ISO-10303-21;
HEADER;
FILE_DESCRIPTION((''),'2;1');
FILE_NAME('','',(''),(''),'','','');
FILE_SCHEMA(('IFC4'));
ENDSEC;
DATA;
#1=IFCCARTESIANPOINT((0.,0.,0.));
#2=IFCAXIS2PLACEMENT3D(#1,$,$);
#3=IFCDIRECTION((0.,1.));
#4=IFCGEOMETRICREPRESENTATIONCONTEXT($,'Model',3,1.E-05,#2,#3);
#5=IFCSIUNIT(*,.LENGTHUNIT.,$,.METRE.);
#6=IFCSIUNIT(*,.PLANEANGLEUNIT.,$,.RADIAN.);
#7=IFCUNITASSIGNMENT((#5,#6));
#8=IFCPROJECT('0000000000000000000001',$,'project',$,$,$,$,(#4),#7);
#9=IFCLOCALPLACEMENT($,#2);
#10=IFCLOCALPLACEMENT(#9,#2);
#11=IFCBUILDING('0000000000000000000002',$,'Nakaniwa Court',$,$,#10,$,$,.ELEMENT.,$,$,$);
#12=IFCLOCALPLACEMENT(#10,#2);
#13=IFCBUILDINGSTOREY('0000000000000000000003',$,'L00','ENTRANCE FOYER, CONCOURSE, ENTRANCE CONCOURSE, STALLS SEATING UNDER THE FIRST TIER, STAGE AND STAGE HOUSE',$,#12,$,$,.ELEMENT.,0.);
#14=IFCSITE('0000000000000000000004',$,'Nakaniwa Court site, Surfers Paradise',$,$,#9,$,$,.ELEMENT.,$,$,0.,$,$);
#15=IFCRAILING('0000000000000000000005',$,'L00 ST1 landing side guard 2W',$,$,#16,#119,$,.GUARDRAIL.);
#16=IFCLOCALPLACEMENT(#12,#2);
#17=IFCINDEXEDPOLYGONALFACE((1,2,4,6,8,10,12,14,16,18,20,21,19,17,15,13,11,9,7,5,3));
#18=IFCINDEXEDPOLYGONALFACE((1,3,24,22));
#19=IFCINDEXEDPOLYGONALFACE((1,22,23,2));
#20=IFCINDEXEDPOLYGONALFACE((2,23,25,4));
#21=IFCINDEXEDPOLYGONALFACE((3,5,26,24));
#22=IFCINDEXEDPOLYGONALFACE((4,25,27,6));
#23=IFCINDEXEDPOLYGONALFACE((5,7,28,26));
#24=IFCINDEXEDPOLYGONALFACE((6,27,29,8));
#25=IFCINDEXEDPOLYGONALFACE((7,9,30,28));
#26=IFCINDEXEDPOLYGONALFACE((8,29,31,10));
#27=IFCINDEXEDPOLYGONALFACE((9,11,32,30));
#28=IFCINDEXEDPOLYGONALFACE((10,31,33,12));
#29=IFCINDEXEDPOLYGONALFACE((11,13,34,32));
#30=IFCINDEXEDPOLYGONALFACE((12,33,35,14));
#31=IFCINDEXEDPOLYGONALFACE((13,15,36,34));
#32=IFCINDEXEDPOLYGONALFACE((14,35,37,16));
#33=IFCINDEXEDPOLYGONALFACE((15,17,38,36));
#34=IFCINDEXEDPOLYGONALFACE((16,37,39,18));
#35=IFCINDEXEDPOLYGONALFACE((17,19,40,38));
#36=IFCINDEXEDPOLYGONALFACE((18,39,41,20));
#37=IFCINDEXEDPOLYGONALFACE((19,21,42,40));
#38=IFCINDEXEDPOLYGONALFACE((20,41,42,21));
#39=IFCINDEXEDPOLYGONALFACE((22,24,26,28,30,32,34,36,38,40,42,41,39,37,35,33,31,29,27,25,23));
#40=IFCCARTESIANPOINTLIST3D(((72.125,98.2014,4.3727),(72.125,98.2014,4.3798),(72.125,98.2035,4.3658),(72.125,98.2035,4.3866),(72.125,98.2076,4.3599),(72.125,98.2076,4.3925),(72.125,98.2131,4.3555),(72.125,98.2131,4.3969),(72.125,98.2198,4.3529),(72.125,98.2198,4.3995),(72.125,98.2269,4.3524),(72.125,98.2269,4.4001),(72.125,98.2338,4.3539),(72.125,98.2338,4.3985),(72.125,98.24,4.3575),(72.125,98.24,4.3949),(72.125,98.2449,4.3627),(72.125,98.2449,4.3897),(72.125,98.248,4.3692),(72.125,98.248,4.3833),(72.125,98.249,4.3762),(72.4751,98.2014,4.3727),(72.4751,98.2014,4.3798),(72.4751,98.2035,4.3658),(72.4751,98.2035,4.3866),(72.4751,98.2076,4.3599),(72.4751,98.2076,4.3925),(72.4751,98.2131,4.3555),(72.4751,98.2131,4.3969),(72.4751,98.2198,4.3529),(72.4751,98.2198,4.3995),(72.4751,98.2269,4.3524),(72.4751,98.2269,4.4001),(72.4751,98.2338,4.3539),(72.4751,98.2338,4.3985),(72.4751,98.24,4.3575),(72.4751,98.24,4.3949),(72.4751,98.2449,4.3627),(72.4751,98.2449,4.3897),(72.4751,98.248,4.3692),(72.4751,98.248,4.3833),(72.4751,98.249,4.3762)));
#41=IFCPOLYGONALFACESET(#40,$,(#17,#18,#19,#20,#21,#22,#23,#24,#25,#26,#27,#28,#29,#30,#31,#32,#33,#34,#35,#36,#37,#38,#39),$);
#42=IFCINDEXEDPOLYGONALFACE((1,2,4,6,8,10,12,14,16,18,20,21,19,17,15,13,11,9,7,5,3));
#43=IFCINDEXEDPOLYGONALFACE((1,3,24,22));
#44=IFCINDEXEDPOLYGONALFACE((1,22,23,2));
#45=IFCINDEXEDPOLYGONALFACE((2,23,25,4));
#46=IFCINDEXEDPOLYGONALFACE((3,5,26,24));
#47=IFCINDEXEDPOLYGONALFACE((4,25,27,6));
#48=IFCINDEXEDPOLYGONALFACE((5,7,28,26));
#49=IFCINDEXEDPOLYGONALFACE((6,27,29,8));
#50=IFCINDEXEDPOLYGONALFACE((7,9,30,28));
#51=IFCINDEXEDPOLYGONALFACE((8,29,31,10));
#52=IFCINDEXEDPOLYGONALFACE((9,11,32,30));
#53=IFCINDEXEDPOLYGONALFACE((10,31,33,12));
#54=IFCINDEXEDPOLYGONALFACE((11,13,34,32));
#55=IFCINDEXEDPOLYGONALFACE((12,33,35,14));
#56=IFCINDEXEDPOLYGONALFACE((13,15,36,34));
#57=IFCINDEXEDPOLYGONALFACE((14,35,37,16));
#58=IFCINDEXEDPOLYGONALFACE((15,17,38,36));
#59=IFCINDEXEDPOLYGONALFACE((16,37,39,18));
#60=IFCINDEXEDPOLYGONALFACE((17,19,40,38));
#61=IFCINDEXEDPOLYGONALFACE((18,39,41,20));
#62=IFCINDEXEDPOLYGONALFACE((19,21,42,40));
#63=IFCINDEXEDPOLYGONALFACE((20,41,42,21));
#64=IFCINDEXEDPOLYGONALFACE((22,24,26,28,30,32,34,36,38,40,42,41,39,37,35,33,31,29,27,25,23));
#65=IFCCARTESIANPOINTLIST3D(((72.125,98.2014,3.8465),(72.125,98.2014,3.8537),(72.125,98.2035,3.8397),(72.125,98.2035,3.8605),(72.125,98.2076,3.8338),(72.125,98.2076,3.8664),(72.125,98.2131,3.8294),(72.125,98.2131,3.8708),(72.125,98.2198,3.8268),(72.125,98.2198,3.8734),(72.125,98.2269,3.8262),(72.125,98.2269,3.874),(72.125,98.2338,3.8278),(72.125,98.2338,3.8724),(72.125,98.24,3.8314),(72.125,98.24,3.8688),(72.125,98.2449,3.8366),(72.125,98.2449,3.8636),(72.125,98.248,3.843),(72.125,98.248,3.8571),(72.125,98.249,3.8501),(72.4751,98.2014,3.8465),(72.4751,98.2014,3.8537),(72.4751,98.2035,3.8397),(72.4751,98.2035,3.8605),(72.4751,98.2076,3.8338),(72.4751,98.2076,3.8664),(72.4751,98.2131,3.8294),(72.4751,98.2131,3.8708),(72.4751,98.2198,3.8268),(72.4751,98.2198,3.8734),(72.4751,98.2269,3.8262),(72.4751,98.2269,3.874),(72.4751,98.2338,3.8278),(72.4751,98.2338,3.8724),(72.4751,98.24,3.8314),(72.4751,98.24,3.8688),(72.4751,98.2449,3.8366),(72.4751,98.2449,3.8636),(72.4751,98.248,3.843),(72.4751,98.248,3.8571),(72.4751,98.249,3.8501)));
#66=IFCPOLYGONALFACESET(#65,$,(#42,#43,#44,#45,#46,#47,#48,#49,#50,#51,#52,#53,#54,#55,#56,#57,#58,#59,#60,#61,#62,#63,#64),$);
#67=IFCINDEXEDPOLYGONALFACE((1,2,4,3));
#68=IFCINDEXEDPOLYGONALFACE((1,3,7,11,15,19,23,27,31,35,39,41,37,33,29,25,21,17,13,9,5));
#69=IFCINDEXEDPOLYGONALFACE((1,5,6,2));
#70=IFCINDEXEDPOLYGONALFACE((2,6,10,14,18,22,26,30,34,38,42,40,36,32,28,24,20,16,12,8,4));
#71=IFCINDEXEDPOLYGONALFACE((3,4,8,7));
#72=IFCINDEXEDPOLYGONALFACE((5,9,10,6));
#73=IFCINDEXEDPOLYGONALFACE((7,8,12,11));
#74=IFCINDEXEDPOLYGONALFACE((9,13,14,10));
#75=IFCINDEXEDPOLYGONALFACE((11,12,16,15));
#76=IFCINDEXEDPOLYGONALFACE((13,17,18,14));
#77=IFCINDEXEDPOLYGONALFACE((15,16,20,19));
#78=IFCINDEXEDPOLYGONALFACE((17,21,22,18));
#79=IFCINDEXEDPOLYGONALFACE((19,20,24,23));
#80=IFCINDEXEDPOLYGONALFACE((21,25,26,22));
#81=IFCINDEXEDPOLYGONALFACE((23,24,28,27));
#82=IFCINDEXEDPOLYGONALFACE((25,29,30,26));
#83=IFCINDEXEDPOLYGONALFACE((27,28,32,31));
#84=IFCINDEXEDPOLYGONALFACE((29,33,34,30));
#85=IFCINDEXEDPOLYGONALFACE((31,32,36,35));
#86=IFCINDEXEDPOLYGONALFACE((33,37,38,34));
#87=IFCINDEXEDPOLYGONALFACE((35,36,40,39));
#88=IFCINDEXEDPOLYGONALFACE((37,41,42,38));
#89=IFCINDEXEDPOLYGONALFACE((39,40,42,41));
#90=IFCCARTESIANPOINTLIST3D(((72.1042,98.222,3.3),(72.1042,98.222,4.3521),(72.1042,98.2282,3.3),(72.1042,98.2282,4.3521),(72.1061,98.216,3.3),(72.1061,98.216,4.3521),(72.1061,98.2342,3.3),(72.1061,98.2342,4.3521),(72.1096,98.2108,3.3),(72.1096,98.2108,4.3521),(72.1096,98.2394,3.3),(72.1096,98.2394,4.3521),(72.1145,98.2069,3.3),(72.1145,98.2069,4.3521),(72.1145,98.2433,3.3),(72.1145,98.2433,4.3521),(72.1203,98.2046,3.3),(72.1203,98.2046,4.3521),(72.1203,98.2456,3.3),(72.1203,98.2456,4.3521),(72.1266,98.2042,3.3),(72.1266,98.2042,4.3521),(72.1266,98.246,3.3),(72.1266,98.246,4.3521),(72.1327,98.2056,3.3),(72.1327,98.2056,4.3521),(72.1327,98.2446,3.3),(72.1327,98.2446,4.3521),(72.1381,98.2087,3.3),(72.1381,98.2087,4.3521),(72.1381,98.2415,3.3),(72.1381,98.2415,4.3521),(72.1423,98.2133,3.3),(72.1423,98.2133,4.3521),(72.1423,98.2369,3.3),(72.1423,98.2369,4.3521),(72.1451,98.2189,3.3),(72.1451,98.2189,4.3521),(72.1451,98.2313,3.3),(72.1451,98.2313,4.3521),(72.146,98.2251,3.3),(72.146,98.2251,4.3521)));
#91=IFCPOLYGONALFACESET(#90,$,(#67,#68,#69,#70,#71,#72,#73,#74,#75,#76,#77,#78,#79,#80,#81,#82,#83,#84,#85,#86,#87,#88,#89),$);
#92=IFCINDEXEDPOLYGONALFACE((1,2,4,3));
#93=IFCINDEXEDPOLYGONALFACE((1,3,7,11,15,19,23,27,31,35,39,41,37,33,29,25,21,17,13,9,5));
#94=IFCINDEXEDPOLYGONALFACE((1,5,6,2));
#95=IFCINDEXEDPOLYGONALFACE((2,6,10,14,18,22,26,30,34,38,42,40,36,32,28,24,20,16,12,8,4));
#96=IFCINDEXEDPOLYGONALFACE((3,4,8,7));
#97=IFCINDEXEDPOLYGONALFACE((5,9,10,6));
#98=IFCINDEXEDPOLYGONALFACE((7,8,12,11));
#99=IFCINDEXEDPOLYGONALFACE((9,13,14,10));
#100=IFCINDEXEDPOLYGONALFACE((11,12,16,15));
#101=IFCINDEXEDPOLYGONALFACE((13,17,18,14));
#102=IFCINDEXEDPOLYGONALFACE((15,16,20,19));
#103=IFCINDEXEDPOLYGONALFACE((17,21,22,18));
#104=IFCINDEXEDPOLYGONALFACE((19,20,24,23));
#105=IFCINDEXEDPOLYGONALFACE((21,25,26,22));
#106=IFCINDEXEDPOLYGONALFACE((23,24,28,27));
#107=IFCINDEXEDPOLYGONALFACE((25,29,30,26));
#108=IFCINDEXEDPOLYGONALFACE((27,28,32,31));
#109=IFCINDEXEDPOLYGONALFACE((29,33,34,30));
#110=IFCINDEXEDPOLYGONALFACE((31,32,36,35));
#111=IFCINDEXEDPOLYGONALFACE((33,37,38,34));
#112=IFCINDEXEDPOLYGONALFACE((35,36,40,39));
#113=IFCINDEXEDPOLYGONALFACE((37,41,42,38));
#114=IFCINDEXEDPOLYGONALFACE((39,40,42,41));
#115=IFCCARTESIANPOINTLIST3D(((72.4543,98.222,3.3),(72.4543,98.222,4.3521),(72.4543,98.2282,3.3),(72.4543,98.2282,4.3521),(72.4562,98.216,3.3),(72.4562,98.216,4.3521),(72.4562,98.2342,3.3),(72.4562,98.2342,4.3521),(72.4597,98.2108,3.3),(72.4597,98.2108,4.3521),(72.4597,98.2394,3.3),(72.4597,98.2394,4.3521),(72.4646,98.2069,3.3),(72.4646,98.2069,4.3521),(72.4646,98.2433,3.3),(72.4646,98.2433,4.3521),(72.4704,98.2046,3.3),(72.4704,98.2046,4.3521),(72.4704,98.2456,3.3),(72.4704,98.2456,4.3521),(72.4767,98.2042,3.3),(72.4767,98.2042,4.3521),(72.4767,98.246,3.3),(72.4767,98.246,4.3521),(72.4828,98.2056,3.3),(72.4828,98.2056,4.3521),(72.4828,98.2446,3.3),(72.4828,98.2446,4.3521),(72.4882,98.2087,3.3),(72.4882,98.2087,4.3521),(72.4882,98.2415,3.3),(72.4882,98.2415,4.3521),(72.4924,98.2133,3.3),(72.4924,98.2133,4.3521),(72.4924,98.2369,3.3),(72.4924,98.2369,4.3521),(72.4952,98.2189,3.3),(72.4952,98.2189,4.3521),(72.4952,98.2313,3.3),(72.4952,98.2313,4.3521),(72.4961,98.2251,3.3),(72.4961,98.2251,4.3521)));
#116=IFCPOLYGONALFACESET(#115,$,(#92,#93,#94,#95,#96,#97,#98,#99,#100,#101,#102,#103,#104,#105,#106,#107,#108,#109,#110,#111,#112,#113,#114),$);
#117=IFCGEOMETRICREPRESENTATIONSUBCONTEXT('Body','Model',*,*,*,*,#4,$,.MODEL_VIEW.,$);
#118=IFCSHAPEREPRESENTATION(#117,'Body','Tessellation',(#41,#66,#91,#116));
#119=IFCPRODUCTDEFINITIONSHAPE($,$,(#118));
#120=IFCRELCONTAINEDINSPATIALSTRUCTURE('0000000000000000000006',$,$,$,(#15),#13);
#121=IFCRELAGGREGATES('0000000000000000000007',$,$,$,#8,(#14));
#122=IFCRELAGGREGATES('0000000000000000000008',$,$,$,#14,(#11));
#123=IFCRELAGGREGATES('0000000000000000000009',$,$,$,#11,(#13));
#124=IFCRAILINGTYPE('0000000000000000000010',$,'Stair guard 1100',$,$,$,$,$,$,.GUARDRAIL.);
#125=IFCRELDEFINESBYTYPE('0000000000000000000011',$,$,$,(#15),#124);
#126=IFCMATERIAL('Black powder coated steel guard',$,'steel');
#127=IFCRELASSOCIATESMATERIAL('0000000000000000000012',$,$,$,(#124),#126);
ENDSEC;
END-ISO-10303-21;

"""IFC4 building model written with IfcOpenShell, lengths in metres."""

from ifc_helpers import new_model, si_unit, direction, frame, origin, origin_2d, place, context, subcontext, project, spatial, circle, extrude, material, type_object, element, save


model = new_model("IFC4")

# Units and contexts
model_context = context("Model", 3, precision=1e-05, world=origin(), true_north=direction((0.0, 1.0)))
body_context = subcontext(model_context, "Body", "Model", "MODEL_VIEW")
ifc_project = project(units=[si_unit("LENGTHUNIT", "METRE"), si_unit("PLANEANGLEUNIT", "RADIAN")], contexts=[model_context])

# Site, building, storey
site_placement = place(None, origin())
site = spatial("IfcSite", under=ifc_project, at=site_placement, Name="Nakaniwa Court site, Surfers Paradise", CompositionType="ELEMENT", RefElevation=0.0)
building_placement = place(site_placement, origin())
building = spatial("IfcBuilding", under=site, at=building_placement, Name="Nakaniwa Court", CompositionType="ELEMENT")
storey_placement = place(building_placement, origin())
storey = spatial("IfcBuildingStorey", under=building, at=storey_placement, Name="L00", Description="ENTRANCE FOYER, CONCOURSE, ENTRANCE CONCOURSE, STALLS SEATING UNDER THE FIRST TIER, STAGE AND STAGE HOUSE", CompositionType="ELEMENT", Elevation=0.0)

# Railing
ifc_material_1 = material(Name="Black powder coated steel guard", Category="steel")
railing_type_1 = type_object("IfcRailingType", Name="Stair guard 1100", PredefinedType="GUARDRAIL", material=ifc_material_1)
railing_1_placement = place(storey_placement, frame((72.125, 98.2251, 3.3)))
element("IfcRailing", 1, at=railing_1_placement, inside=storey, type_object=railing_type_1, Name="L00 ST1 landing side guard 2W", PredefinedType="GUARDRAIL", context=body_context, shape_type="SweptSolid", body=[
    extrude(circle(Radius=0.0239, at=origin_2d()), frame((0.0, 0.0, 1.0762), z_axis=(1.0, 0.0, 0.0), x_axis=(0.0, 1.0, 0.0)), (0.0, 0.0, 1.0), 0.3501),
    extrude(circle(Radius=0.0239, at=origin_2d()), frame((0.0, 0.0, 0.55), z_axis=(1.0, 0.0, 0.0), x_axis=(0.0, 1.0, 0.0)), (0.0, 0.0, 1.0), 0.3501),
    extrude(circle(Radius=0.021, at=origin_2d()), origin(), (0.0, 0.0, 1.0), 1.052),
    extrude(circle(Radius=0.021, at=origin_2d()), frame((0.3501, 0.0, 0.0)), (0.0, 0.0, 1.0), 1.052),
])

save(model, "model.ifc")
